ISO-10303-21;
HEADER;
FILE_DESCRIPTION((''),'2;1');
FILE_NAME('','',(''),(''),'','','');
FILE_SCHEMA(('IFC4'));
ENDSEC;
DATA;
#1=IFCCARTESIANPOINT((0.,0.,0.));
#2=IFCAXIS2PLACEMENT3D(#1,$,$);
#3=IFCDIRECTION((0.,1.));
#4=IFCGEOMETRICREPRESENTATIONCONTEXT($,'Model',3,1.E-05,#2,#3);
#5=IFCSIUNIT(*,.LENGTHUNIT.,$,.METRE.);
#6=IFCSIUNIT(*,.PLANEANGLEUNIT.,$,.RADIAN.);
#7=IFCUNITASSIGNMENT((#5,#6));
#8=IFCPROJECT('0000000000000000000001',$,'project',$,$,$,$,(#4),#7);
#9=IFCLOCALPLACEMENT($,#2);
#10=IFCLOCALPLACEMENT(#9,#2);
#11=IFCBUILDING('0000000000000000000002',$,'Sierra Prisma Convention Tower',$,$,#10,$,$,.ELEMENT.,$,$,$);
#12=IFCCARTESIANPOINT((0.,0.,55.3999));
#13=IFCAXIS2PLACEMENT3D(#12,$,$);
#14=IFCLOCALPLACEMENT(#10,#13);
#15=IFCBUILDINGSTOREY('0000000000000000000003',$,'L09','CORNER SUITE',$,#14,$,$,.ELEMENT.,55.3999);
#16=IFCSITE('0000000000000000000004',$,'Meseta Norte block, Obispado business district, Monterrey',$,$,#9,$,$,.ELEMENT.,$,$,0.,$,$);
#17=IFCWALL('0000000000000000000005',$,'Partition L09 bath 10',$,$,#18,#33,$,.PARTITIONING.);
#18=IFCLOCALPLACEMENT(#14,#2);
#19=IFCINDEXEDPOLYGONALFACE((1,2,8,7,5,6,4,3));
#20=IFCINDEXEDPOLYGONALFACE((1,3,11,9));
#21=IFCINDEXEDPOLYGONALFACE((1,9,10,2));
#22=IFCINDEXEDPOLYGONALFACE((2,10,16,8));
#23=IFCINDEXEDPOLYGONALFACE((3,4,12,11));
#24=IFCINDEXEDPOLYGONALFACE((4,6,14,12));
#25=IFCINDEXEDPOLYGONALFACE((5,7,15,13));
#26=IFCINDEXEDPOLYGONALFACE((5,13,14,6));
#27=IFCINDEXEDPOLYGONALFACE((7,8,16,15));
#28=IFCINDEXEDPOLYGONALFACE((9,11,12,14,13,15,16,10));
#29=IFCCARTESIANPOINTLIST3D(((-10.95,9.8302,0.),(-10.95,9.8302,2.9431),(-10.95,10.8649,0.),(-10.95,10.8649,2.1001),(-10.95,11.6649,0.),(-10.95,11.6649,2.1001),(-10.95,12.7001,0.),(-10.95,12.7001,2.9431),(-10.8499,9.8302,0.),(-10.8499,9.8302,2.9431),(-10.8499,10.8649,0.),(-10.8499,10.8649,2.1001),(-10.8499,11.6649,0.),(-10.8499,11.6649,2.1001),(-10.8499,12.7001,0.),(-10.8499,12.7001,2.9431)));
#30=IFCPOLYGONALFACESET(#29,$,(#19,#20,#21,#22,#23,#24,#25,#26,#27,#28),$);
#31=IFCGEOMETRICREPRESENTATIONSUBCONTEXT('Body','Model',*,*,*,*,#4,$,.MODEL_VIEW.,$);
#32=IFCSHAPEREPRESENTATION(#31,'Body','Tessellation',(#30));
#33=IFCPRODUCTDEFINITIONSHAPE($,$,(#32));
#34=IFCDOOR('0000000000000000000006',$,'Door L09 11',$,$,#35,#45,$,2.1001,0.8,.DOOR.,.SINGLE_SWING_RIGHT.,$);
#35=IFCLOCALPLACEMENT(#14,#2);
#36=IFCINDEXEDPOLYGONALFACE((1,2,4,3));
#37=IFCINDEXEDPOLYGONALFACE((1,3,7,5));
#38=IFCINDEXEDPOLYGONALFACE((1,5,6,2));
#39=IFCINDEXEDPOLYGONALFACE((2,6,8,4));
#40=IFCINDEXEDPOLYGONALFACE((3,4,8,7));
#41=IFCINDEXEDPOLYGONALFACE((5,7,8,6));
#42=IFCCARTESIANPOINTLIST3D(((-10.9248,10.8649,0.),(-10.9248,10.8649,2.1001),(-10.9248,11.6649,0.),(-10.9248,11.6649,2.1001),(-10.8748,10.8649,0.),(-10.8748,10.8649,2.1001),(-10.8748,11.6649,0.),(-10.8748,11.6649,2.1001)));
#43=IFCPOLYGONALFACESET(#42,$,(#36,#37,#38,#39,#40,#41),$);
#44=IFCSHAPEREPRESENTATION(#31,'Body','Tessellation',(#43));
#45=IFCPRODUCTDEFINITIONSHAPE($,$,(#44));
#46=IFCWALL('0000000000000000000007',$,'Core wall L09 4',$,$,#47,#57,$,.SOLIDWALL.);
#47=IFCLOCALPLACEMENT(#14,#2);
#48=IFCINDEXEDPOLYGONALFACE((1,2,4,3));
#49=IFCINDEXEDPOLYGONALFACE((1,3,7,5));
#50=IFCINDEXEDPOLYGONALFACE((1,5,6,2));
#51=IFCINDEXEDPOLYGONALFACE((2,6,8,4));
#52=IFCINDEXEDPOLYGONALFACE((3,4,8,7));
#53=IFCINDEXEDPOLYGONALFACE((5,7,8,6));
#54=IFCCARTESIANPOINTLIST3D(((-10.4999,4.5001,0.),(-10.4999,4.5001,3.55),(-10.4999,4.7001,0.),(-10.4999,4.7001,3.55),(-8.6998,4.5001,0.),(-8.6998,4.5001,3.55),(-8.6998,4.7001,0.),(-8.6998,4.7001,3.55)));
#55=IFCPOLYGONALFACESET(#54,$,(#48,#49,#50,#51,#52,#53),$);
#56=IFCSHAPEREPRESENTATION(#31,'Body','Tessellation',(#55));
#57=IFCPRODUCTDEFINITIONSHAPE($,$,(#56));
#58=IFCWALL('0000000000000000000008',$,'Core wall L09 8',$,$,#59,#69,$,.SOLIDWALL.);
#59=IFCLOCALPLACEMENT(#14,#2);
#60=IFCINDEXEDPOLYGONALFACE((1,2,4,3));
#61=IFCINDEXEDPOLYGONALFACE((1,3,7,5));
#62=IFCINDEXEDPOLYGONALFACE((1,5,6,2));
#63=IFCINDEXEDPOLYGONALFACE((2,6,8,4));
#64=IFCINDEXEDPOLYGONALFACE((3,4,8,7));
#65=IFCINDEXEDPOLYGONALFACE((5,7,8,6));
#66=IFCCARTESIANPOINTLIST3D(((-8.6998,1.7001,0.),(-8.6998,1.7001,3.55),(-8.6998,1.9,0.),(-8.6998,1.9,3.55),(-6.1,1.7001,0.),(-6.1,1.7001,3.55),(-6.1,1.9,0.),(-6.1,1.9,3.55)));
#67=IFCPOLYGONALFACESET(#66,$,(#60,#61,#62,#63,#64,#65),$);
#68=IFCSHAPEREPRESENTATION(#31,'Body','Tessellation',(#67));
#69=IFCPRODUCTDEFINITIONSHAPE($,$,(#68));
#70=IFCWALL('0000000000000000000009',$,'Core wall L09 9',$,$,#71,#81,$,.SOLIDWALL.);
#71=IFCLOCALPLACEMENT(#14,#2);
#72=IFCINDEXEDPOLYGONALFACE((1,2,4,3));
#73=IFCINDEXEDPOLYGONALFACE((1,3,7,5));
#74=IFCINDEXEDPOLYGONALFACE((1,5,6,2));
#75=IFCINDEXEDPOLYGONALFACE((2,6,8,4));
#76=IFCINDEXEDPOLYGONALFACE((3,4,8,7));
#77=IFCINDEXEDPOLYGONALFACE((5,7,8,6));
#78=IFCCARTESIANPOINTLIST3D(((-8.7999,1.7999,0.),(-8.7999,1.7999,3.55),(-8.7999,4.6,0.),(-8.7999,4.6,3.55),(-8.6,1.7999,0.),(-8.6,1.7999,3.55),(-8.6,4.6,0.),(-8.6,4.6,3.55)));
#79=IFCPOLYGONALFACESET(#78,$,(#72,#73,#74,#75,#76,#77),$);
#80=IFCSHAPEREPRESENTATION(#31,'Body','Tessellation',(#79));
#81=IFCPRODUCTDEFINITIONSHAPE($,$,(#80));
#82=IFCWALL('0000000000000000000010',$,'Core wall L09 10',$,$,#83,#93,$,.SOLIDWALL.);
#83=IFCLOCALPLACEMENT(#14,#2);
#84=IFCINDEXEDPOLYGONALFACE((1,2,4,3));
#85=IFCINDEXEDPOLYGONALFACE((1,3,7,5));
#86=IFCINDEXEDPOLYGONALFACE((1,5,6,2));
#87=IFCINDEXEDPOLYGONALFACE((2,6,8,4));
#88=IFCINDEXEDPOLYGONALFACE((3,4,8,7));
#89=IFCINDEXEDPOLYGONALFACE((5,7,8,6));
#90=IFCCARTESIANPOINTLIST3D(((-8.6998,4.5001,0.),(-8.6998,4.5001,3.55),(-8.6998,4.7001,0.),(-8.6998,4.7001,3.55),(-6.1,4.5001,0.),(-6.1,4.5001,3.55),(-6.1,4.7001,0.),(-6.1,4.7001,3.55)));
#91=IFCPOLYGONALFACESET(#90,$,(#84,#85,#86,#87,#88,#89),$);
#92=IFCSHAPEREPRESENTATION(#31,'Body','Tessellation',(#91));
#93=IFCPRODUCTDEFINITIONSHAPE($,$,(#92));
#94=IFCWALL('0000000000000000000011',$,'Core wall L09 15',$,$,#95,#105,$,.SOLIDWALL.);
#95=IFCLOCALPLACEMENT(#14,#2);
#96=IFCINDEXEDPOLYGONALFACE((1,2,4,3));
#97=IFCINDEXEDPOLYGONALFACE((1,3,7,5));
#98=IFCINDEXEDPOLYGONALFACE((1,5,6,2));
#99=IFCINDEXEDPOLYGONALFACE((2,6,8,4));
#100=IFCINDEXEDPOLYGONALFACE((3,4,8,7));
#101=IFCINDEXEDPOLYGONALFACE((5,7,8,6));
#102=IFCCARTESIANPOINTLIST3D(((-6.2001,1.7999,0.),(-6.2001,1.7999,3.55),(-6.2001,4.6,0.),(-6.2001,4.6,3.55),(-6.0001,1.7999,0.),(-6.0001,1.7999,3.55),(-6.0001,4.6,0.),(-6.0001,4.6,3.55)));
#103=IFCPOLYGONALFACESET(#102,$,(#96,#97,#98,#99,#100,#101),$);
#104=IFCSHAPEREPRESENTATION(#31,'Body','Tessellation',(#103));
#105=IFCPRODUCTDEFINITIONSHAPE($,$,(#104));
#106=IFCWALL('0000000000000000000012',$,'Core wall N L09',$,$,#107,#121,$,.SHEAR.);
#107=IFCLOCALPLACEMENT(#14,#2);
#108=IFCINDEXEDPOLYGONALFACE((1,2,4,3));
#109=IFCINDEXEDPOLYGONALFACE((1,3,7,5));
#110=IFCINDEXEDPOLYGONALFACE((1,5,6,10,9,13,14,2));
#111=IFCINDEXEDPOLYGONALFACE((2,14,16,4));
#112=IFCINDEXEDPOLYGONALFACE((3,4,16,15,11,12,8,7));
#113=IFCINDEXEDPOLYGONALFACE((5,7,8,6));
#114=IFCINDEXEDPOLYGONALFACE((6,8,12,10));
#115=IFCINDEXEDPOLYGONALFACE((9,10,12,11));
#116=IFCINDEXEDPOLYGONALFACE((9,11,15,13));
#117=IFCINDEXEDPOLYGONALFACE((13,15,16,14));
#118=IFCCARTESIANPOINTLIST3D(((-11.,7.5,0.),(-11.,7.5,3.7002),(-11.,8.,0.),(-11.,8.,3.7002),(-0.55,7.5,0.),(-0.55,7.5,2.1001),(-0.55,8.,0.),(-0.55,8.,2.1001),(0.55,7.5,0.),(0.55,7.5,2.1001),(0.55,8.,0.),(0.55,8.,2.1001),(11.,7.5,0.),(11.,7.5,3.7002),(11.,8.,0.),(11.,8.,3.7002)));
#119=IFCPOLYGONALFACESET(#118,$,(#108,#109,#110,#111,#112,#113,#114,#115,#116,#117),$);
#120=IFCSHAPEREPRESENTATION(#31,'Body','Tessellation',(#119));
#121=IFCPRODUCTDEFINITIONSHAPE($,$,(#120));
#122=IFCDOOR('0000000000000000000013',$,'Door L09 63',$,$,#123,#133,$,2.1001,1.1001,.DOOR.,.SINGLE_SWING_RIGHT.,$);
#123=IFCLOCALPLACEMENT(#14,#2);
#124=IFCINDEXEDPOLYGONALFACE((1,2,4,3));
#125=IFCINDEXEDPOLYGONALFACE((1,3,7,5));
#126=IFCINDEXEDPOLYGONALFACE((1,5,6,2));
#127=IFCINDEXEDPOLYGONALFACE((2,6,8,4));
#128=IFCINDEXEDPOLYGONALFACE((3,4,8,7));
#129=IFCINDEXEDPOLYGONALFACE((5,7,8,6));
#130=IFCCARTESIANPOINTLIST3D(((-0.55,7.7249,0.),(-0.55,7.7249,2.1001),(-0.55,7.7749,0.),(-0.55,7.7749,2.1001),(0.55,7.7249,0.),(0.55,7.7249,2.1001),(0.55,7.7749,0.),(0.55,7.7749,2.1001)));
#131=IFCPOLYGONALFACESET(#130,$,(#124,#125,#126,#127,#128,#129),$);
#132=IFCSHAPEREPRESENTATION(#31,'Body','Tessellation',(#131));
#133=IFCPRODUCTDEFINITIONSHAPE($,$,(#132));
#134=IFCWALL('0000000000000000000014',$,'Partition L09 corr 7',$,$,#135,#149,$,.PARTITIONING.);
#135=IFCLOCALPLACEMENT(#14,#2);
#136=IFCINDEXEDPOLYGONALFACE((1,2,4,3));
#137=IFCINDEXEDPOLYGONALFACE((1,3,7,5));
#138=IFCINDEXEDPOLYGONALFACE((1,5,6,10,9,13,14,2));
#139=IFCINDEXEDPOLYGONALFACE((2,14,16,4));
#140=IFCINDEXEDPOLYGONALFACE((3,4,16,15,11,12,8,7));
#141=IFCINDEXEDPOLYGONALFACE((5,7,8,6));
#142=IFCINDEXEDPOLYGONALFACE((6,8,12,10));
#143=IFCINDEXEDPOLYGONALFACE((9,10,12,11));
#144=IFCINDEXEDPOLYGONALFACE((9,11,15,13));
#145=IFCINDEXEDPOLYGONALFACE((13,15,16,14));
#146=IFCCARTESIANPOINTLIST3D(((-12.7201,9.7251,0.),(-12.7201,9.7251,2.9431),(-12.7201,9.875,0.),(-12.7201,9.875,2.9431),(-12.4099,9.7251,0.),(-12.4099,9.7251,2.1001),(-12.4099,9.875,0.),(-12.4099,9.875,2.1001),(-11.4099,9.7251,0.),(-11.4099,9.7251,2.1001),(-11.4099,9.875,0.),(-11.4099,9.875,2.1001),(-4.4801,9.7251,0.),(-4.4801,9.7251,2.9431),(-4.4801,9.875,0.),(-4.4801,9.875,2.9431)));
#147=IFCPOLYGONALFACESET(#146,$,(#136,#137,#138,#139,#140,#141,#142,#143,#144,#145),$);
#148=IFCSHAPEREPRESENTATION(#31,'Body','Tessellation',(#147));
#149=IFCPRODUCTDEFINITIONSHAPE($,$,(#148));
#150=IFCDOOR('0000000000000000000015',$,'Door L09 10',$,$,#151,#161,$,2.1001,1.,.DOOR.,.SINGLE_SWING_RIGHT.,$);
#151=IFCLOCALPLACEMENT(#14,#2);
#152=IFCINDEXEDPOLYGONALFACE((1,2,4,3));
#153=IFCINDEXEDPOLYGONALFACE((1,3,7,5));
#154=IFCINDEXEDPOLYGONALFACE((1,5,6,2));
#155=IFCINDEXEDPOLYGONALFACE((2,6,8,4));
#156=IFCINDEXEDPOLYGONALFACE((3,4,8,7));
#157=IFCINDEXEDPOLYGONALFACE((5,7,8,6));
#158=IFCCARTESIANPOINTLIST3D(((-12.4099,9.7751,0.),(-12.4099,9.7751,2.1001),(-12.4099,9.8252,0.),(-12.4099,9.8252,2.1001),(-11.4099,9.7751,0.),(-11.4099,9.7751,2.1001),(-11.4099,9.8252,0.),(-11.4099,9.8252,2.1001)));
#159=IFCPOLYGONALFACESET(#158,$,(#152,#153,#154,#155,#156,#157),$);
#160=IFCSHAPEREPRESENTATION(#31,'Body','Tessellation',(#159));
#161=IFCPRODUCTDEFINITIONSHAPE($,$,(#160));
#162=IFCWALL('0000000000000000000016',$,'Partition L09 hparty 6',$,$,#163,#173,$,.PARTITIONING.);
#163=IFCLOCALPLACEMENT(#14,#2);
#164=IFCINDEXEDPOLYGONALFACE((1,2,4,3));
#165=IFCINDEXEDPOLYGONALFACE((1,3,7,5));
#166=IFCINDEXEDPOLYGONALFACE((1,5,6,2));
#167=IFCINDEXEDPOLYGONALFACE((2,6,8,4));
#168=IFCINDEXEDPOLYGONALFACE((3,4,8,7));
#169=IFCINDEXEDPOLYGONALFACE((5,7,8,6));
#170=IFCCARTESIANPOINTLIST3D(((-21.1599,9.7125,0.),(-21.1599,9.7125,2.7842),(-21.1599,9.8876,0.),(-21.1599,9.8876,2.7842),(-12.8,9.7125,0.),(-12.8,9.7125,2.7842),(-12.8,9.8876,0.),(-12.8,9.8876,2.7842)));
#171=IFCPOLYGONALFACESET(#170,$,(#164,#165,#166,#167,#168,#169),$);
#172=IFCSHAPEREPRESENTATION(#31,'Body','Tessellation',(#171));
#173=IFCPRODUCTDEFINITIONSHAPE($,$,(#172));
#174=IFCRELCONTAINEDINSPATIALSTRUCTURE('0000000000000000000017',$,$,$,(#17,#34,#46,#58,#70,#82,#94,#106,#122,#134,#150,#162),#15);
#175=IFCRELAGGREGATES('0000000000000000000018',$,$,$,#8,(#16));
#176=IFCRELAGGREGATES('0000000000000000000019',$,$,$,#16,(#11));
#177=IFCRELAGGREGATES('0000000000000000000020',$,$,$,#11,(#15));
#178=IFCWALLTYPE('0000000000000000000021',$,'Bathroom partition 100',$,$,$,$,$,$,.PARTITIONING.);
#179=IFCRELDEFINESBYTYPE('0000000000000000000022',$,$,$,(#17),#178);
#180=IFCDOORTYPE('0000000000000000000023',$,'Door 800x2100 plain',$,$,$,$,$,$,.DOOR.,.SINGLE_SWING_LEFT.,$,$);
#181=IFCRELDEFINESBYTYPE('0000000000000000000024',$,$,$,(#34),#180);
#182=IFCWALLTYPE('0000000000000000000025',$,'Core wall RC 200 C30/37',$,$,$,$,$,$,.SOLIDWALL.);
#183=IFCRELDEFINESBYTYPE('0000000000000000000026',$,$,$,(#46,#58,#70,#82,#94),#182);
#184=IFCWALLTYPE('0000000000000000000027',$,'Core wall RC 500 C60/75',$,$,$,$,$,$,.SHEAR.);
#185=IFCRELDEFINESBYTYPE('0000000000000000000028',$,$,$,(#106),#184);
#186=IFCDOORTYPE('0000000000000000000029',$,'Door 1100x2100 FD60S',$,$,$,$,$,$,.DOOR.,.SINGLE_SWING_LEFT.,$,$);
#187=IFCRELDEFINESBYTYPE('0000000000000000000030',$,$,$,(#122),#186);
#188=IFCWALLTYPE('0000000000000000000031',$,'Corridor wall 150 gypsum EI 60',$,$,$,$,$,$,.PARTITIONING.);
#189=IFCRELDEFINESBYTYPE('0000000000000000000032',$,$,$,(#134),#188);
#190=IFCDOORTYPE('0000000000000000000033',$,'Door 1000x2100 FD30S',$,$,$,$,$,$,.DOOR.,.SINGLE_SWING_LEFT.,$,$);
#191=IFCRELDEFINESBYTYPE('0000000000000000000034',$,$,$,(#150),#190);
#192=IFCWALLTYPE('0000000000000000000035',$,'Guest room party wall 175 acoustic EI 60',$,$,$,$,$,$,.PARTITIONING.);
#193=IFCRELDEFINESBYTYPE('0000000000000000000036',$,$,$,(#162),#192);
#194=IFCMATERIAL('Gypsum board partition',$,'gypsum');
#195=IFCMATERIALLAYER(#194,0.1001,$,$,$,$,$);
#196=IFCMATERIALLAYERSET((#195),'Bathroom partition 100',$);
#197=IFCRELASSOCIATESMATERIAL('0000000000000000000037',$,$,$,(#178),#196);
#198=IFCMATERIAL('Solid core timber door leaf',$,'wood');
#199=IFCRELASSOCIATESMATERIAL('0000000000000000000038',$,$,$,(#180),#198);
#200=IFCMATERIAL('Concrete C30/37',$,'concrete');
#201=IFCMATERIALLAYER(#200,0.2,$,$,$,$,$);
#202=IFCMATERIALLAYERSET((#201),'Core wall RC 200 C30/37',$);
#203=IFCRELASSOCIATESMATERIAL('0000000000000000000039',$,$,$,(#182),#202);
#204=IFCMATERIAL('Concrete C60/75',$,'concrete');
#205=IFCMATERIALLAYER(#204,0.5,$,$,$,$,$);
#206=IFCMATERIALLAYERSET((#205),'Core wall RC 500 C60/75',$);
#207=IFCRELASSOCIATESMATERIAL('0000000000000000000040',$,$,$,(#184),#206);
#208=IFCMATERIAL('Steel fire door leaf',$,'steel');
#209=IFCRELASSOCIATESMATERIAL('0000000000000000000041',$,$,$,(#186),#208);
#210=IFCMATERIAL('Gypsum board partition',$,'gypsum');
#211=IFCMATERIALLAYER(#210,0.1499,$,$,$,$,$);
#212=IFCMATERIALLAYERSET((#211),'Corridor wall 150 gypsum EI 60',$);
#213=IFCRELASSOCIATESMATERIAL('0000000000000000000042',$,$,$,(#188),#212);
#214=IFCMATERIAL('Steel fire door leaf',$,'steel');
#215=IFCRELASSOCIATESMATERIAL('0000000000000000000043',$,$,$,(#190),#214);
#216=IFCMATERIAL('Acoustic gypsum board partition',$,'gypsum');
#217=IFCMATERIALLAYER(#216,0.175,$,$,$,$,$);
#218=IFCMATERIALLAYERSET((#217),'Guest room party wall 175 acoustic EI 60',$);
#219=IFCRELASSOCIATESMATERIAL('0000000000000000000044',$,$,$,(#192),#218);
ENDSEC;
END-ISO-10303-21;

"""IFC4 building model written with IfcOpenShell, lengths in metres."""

from ifc_helpers import new_model, si_unit, direction, frame, frame_2d, origin, place, context, subcontext, project, spatial, rectangle, extrude, material, layer, layer_set, type_object, element, fill, save


model = new_model("IFC4")

# Units and contexts
model_context = context("Model", 3, precision=1e-05, world=origin(), true_north=direction((0.0, 1.0)))
body_context = subcontext(model_context, "Body", "Model", "MODEL_VIEW")
ifc_project = project(units=[si_unit("LENGTHUNIT", "METRE"), si_unit("PLANEANGLEUNIT", "RADIAN")], contexts=[model_context])

# Site, building, storey
site_placement = place(None, origin())
site = spatial("IfcSite", under=ifc_project, at=site_placement, Name="Meseta Norte block, Obispado business district, Monterrey", CompositionType="ELEMENT", RefElevation=0.0)
building_placement = place(site_placement, origin())
building = spatial("IfcBuilding", under=site, at=building_placement, Name="Sierra Prisma Convention Tower", CompositionType="ELEMENT")
storey_placement = place(building_placement, frame((0.0, 0.0, 55.3999)))
storey = spatial("IfcBuildingStorey", under=building, at=storey_placement, Name="L09", Description="CORNER SUITE", CompositionType="ELEMENT", Elevation=55.3999)

# Wall, opening, door
ifc_material_1 = material(Name="Gypsum board partition", Category="gypsum")
ifc_layer_1 = layer(ifc_material_1, 0.1001)
ifc_layer_set_1 = layer_set([ifc_layer_1], Name="Bathroom partition 100")
wall_type_1 = type_object("IfcWallType", Name="Bathroom partition 100", PredefinedType="PARTITIONING", material=ifc_layer_set_1)
wall_1_placement = place(storey_placement, frame((-10.8999, 9.8301, 0.0), z_axis=(0.0, 0.0, 1.0), x_axis=(0.0, 1.0, 0.0)))
wall_1 = element("IfcWall", 1, at=wall_1_placement, inside=storey, type_object=wall_type_1, Name="Partition L09 bath 10", PredefinedType="PARTITIONING", context=body_context, shape_type="SweptSolid", body=[
    extrude(rectangle(XDim=2.8699, YDim=0.1001, at=frame_2d((1.4351, 0.0))), origin(), (0.0, 0.0, 1.0), 2.9431),
])
opening_1_placement = place(wall_1_placement, frame((1.0349, 0.0, 0.0)))
opening_1 = element("IfcOpeningElement", 2, at=opening_1_placement, cuts=wall_1, PredefinedType="OPENING", context=body_context, shape_type="SweptSolid", body=[
    extrude(rectangle(XDim=0.8, YDim=2.1001, at=frame_2d((0.3999, 1.05))), frame((0.0, 0.05, 0.0), z_axis=(0.0, -1.0, 0.0), x_axis=(1.0, 0.0, 0.0)), (0.0, 0.0, 1.0), 0.1001),
])
ifc_material_2 = material(Name="Solid core timber door leaf", Category="wood")
door_type_1 = type_object("IfcDoorType", Name="Door 800x2100 plain", OperationType="SINGLE_SWING_LEFT", PredefinedType="DOOR", material=ifc_material_2)
door_1_placement = place(opening_1_placement, origin())
door_1 = element("IfcDoor", 3, at=door_1_placement, inside=storey, type_object=door_type_1, Name="Door L09 11", OperationType="SINGLE_SWING_RIGHT", OverallHeight=2.1001, OverallWidth=0.8, PredefinedType="DOOR", context=body_context, shape_type="SweptSolid", body=[
    extrude(rectangle(XDim=0.8, YDim=2.1001, at=frame_2d((0.3999, 1.05))), frame((0.0, 0.0249, 0.0), z_axis=(0.0, -1.0, 0.0), x_axis=(1.0, 0.0, 0.0)), (0.0, 0.0, 1.0), 0.05),
])
fill(opening_1, door_1)
ifc_material_3 = material(Name="Concrete C30/37", Category="concrete")
ifc_layer_2 = layer(ifc_material_3, 0.2)
ifc_layer_set_2 = layer_set([ifc_layer_2], Name="Core wall RC 200 C30/37")
wall_type_2 = type_object("IfcWallType", Name="Core wall RC 200 C30/37", PredefinedType="SOLIDWALL", material=ifc_layer_set_2)

# Walls
wall_2_placement = place(storey_placement, frame((-8.7, 4.6001, 0.0), z_axis=(0.0, 0.0, 1.0), x_axis=(-1.0, 0.0, 0.0)))
element("IfcWall", 4, at=wall_2_placement, inside=storey, type_object=wall_type_2, Name="Core wall L09 4", PredefinedType="SOLIDWALL", context=body_context, shape_type="SweptSolid", body=[
    extrude(rectangle(XDim=1.8, YDim=0.2, at=frame_2d((0.8999, 0.0))), origin(), (0.0, 0.0, 1.0), 3.55),
])
wall_3_placement = place(storey_placement, frame((-6.1001, 1.8, 0.0), z_axis=(0.0, 0.0, 1.0), x_axis=(-1.0, 0.0, 0.0)))
element("IfcWall", 5, at=wall_3_placement, inside=storey, type_object=wall_type_2, Name="Core wall L09 8", PredefinedType="SOLIDWALL", context=body_context, shape_type="SweptSolid", body=[
    extrude(rectangle(XDim=2.5999, YDim=0.2, at=frame_2d((1.2998, 0.0))), origin(), (0.0, 0.0, 1.0), 3.55),
])
wall_4_placement = place(storey_placement, frame((-8.7, 1.8, 0.0), z_axis=(0.0, 0.0, 1.0), x_axis=(0.0, 1.0, 0.0)))
element("IfcWall", 6, at=wall_4_placement, inside=storey, type_object=wall_type_2, Name="Core wall L09 9", PredefinedType="SOLIDWALL", context=body_context, shape_type="SweptSolid", body=[
    extrude(rectangle(XDim=2.8, YDim=0.2, at=frame_2d((1.3999, 0.0))), origin(), (0.0, 0.0, 1.0), 3.55),
])
wall_5_placement = place(storey_placement, frame((-6.1001, 4.6001, 0.0), z_axis=(0.0, 0.0, 1.0), x_axis=(-1.0, 0.0, 0.0)))
element("IfcWall", 7, at=wall_5_placement, inside=storey, type_object=wall_type_2, Name="Core wall L09 10", PredefinedType="SOLIDWALL", context=body_context, shape_type="SweptSolid", body=[
    extrude(rectangle(XDim=2.5999, YDim=0.2, at=frame_2d((1.2998, 0.0))), origin(), (0.0, 0.0, 1.0), 3.55),
])
wall_6_placement = place(storey_placement, frame((-6.1001, 1.8, 0.0), z_axis=(0.0, 0.0, 1.0), x_axis=(0.0, 1.0, 0.0)))
element("IfcWall", 8, at=wall_6_placement, inside=storey, type_object=wall_type_2, Name="Core wall L09 15", PredefinedType="SOLIDWALL", context=body_context, shape_type="SweptSolid", body=[
    extrude(rectangle(XDim=2.8, YDim=0.2, at=frame_2d((1.3999, 0.0))), origin(), (0.0, 0.0, 1.0), 3.55),
])

# Walls, openings, doors
ifc_material_4 = material(Name="Concrete C60/75", Category="concrete")
ifc_layer_3 = layer(ifc_material_4, 0.5)
ifc_layer_set_3 = layer_set([ifc_layer_3], Name="Core wall RC 500 C60/75")
wall_type_3 = type_object("IfcWallType", Name="Core wall RC 500 C60/75", PredefinedType="SHEAR", material=ifc_layer_set_3)
wall_7_placement = place(storey_placement, frame((-11.0, 7.75, 0.0), z_axis=(0.0, 0.0, 1.0), x_axis=(1.0, 0.0, 0.0)))
wall_7 = element("IfcWall", 9, at=wall_7_placement, inside=storey, type_object=wall_type_3, Name="Core wall N L09", PredefinedType="SHEAR", context=body_context, shape_type="SweptSolid", body=[
    extrude(rectangle(XDim=22.0, YDim=0.5, at=frame_2d((11.0, 0.0))), origin(), (0.0, 0.0, 1.0), 3.7002),
])
opening_2_placement = place(wall_7_placement, frame((10.45, 0.0, 0.0)))
opening_2 = element("IfcOpeningElement", 10, at=opening_2_placement, cuts=wall_7, PredefinedType="OPENING", context=body_context, shape_type="SweptSolid", body=[
    extrude(rectangle(XDim=1.1001, YDim=2.1001, at=frame_2d((0.55, 1.05))), frame((0.0, 0.25, 0.0), z_axis=(0.0, -1.0, 0.0), x_axis=(1.0, 0.0, 0.0)), (0.0, 0.0, 1.0), 0.5),
])
ifc_material_5 = material(Name="Steel fire door leaf", Category="steel")
door_type_2 = type_object("IfcDoorType", Name="Door 1100x2100 FD60S", OperationType="SINGLE_SWING_LEFT", PredefinedType="DOOR", material=ifc_material_5)
door_2_placement = place(opening_2_placement, origin())
door_2 = element("IfcDoor", 11, at=door_2_placement, inside=storey, type_object=door_type_2, Name="Door L09 63", OperationType="SINGLE_SWING_RIGHT", OverallHeight=2.1001, OverallWidth=1.1001, PredefinedType="DOOR", context=body_context, shape_type="SweptSolid", body=[
    extrude(rectangle(XDim=1.1001, YDim=2.1001, at=frame_2d((0.55, 1.05))), frame((0.0, 0.0249, 0.0), z_axis=(0.0, -1.0, 0.0), x_axis=(1.0, 0.0, 0.0)), (0.0, 0.0, 1.0), 0.05),
])
fill(opening_2, door_2)
ifc_material_6 = material(Name="Gypsum board partition", Category="gypsum")
ifc_layer_4 = layer(ifc_material_6, 0.1499)
ifc_layer_set_4 = layer_set([ifc_layer_4], Name="Corridor wall 150 gypsum EI 60")
wall_type_4 = type_object("IfcWallType", Name="Corridor wall 150 gypsum EI 60", PredefinedType="PARTITIONING", material=ifc_layer_set_4)
wall_8_placement = place(storey_placement, frame((-4.48, 9.8, 0.0), z_axis=(0.0, 0.0, 1.0), x_axis=(-1.0, 0.0, 0.0)))
wall_8 = element("IfcWall", 12, at=wall_8_placement, inside=storey, type_object=wall_type_4, Name="Partition L09 corr 7", PredefinedType="PARTITIONING", context=body_context, shape_type="SweptSolid", body=[
    extrude(rectangle(XDim=8.24, YDim=0.1499, at=frame_2d((4.1201, 0.0))), origin(), (0.0, 0.0, 1.0), 2.9431),
])
opening_3_placement = place(wall_8_placement, frame((6.9299, 0.0, 0.0)))
opening_3 = element("IfcOpeningElement", 13, at=opening_3_placement, cuts=wall_8, PredefinedType="OPENING", context=body_context, shape_type="SweptSolid", body=[
    extrude(rectangle(XDim=1.0, YDim=2.1001, at=frame_2d((0.5, 1.05))), frame((0.0, 0.075, 0.0), z_axis=(0.0, -1.0, 0.0), x_axis=(1.0, 0.0, 0.0)), (0.0, 0.0, 1.0), 0.1499),
])
ifc_material_7 = material(Name="Steel fire door leaf", Category="steel")
door_type_3 = type_object("IfcDoorType", Name="Door 1000x2100 FD30S", OperationType="SINGLE_SWING_LEFT", PredefinedType="DOOR", material=ifc_material_7)
door_3_placement = place(opening_3_placement, origin())
door_3 = element("IfcDoor", 14, at=door_3_placement, inside=storey, type_object=door_type_3, Name="Door L09 10", OperationType="SINGLE_SWING_RIGHT", OverallHeight=2.1001, OverallWidth=1.0, PredefinedType="DOOR", context=body_context, shape_type="SweptSolid", body=[
    extrude(rectangle(XDim=1.0, YDim=2.1001, at=frame_2d((0.5, 1.05))), frame((0.0, 0.0249, 0.0), z_axis=(0.0, -1.0, 0.0), x_axis=(1.0, 0.0, 0.0)), (0.0, 0.0, 1.0), 0.05),
])
fill(opening_3, door_3)

# Wall
ifc_material_8 = material(Name="Acoustic gypsum board partition", Category="gypsum")
ifc_layer_5 = layer(ifc_material_8, 0.175)
ifc_layer_set_5 = layer_set([ifc_layer_5], Name="Guest room party wall 175 acoustic EI 60")
wall_type_5 = type_object("IfcWallType", Name="Guest room party wall 175 acoustic EI 60", PredefinedType="PARTITIONING", material=ifc_layer_set_5)
wall_9_placement = place(storey_placement, frame((-12.8, 9.8, 0.0), z_axis=(0.0, 0.0, 1.0), x_axis=(-1.0, 0.0, 0.0)))
element("IfcWall", 15, at=wall_9_placement, inside=storey, type_object=wall_type_5, Name="Partition L09 hparty 6", PredefinedType="PARTITIONING", context=body_context, shape_type="SweptSolid", body=[
    extrude(rectangle(XDim=8.3599, YDim=0.175, at=frame_2d((4.1799, 0.0))), origin(), (0.0, 0.0, 1.0), 2.7842),
])

save(model, "model.ifc")
